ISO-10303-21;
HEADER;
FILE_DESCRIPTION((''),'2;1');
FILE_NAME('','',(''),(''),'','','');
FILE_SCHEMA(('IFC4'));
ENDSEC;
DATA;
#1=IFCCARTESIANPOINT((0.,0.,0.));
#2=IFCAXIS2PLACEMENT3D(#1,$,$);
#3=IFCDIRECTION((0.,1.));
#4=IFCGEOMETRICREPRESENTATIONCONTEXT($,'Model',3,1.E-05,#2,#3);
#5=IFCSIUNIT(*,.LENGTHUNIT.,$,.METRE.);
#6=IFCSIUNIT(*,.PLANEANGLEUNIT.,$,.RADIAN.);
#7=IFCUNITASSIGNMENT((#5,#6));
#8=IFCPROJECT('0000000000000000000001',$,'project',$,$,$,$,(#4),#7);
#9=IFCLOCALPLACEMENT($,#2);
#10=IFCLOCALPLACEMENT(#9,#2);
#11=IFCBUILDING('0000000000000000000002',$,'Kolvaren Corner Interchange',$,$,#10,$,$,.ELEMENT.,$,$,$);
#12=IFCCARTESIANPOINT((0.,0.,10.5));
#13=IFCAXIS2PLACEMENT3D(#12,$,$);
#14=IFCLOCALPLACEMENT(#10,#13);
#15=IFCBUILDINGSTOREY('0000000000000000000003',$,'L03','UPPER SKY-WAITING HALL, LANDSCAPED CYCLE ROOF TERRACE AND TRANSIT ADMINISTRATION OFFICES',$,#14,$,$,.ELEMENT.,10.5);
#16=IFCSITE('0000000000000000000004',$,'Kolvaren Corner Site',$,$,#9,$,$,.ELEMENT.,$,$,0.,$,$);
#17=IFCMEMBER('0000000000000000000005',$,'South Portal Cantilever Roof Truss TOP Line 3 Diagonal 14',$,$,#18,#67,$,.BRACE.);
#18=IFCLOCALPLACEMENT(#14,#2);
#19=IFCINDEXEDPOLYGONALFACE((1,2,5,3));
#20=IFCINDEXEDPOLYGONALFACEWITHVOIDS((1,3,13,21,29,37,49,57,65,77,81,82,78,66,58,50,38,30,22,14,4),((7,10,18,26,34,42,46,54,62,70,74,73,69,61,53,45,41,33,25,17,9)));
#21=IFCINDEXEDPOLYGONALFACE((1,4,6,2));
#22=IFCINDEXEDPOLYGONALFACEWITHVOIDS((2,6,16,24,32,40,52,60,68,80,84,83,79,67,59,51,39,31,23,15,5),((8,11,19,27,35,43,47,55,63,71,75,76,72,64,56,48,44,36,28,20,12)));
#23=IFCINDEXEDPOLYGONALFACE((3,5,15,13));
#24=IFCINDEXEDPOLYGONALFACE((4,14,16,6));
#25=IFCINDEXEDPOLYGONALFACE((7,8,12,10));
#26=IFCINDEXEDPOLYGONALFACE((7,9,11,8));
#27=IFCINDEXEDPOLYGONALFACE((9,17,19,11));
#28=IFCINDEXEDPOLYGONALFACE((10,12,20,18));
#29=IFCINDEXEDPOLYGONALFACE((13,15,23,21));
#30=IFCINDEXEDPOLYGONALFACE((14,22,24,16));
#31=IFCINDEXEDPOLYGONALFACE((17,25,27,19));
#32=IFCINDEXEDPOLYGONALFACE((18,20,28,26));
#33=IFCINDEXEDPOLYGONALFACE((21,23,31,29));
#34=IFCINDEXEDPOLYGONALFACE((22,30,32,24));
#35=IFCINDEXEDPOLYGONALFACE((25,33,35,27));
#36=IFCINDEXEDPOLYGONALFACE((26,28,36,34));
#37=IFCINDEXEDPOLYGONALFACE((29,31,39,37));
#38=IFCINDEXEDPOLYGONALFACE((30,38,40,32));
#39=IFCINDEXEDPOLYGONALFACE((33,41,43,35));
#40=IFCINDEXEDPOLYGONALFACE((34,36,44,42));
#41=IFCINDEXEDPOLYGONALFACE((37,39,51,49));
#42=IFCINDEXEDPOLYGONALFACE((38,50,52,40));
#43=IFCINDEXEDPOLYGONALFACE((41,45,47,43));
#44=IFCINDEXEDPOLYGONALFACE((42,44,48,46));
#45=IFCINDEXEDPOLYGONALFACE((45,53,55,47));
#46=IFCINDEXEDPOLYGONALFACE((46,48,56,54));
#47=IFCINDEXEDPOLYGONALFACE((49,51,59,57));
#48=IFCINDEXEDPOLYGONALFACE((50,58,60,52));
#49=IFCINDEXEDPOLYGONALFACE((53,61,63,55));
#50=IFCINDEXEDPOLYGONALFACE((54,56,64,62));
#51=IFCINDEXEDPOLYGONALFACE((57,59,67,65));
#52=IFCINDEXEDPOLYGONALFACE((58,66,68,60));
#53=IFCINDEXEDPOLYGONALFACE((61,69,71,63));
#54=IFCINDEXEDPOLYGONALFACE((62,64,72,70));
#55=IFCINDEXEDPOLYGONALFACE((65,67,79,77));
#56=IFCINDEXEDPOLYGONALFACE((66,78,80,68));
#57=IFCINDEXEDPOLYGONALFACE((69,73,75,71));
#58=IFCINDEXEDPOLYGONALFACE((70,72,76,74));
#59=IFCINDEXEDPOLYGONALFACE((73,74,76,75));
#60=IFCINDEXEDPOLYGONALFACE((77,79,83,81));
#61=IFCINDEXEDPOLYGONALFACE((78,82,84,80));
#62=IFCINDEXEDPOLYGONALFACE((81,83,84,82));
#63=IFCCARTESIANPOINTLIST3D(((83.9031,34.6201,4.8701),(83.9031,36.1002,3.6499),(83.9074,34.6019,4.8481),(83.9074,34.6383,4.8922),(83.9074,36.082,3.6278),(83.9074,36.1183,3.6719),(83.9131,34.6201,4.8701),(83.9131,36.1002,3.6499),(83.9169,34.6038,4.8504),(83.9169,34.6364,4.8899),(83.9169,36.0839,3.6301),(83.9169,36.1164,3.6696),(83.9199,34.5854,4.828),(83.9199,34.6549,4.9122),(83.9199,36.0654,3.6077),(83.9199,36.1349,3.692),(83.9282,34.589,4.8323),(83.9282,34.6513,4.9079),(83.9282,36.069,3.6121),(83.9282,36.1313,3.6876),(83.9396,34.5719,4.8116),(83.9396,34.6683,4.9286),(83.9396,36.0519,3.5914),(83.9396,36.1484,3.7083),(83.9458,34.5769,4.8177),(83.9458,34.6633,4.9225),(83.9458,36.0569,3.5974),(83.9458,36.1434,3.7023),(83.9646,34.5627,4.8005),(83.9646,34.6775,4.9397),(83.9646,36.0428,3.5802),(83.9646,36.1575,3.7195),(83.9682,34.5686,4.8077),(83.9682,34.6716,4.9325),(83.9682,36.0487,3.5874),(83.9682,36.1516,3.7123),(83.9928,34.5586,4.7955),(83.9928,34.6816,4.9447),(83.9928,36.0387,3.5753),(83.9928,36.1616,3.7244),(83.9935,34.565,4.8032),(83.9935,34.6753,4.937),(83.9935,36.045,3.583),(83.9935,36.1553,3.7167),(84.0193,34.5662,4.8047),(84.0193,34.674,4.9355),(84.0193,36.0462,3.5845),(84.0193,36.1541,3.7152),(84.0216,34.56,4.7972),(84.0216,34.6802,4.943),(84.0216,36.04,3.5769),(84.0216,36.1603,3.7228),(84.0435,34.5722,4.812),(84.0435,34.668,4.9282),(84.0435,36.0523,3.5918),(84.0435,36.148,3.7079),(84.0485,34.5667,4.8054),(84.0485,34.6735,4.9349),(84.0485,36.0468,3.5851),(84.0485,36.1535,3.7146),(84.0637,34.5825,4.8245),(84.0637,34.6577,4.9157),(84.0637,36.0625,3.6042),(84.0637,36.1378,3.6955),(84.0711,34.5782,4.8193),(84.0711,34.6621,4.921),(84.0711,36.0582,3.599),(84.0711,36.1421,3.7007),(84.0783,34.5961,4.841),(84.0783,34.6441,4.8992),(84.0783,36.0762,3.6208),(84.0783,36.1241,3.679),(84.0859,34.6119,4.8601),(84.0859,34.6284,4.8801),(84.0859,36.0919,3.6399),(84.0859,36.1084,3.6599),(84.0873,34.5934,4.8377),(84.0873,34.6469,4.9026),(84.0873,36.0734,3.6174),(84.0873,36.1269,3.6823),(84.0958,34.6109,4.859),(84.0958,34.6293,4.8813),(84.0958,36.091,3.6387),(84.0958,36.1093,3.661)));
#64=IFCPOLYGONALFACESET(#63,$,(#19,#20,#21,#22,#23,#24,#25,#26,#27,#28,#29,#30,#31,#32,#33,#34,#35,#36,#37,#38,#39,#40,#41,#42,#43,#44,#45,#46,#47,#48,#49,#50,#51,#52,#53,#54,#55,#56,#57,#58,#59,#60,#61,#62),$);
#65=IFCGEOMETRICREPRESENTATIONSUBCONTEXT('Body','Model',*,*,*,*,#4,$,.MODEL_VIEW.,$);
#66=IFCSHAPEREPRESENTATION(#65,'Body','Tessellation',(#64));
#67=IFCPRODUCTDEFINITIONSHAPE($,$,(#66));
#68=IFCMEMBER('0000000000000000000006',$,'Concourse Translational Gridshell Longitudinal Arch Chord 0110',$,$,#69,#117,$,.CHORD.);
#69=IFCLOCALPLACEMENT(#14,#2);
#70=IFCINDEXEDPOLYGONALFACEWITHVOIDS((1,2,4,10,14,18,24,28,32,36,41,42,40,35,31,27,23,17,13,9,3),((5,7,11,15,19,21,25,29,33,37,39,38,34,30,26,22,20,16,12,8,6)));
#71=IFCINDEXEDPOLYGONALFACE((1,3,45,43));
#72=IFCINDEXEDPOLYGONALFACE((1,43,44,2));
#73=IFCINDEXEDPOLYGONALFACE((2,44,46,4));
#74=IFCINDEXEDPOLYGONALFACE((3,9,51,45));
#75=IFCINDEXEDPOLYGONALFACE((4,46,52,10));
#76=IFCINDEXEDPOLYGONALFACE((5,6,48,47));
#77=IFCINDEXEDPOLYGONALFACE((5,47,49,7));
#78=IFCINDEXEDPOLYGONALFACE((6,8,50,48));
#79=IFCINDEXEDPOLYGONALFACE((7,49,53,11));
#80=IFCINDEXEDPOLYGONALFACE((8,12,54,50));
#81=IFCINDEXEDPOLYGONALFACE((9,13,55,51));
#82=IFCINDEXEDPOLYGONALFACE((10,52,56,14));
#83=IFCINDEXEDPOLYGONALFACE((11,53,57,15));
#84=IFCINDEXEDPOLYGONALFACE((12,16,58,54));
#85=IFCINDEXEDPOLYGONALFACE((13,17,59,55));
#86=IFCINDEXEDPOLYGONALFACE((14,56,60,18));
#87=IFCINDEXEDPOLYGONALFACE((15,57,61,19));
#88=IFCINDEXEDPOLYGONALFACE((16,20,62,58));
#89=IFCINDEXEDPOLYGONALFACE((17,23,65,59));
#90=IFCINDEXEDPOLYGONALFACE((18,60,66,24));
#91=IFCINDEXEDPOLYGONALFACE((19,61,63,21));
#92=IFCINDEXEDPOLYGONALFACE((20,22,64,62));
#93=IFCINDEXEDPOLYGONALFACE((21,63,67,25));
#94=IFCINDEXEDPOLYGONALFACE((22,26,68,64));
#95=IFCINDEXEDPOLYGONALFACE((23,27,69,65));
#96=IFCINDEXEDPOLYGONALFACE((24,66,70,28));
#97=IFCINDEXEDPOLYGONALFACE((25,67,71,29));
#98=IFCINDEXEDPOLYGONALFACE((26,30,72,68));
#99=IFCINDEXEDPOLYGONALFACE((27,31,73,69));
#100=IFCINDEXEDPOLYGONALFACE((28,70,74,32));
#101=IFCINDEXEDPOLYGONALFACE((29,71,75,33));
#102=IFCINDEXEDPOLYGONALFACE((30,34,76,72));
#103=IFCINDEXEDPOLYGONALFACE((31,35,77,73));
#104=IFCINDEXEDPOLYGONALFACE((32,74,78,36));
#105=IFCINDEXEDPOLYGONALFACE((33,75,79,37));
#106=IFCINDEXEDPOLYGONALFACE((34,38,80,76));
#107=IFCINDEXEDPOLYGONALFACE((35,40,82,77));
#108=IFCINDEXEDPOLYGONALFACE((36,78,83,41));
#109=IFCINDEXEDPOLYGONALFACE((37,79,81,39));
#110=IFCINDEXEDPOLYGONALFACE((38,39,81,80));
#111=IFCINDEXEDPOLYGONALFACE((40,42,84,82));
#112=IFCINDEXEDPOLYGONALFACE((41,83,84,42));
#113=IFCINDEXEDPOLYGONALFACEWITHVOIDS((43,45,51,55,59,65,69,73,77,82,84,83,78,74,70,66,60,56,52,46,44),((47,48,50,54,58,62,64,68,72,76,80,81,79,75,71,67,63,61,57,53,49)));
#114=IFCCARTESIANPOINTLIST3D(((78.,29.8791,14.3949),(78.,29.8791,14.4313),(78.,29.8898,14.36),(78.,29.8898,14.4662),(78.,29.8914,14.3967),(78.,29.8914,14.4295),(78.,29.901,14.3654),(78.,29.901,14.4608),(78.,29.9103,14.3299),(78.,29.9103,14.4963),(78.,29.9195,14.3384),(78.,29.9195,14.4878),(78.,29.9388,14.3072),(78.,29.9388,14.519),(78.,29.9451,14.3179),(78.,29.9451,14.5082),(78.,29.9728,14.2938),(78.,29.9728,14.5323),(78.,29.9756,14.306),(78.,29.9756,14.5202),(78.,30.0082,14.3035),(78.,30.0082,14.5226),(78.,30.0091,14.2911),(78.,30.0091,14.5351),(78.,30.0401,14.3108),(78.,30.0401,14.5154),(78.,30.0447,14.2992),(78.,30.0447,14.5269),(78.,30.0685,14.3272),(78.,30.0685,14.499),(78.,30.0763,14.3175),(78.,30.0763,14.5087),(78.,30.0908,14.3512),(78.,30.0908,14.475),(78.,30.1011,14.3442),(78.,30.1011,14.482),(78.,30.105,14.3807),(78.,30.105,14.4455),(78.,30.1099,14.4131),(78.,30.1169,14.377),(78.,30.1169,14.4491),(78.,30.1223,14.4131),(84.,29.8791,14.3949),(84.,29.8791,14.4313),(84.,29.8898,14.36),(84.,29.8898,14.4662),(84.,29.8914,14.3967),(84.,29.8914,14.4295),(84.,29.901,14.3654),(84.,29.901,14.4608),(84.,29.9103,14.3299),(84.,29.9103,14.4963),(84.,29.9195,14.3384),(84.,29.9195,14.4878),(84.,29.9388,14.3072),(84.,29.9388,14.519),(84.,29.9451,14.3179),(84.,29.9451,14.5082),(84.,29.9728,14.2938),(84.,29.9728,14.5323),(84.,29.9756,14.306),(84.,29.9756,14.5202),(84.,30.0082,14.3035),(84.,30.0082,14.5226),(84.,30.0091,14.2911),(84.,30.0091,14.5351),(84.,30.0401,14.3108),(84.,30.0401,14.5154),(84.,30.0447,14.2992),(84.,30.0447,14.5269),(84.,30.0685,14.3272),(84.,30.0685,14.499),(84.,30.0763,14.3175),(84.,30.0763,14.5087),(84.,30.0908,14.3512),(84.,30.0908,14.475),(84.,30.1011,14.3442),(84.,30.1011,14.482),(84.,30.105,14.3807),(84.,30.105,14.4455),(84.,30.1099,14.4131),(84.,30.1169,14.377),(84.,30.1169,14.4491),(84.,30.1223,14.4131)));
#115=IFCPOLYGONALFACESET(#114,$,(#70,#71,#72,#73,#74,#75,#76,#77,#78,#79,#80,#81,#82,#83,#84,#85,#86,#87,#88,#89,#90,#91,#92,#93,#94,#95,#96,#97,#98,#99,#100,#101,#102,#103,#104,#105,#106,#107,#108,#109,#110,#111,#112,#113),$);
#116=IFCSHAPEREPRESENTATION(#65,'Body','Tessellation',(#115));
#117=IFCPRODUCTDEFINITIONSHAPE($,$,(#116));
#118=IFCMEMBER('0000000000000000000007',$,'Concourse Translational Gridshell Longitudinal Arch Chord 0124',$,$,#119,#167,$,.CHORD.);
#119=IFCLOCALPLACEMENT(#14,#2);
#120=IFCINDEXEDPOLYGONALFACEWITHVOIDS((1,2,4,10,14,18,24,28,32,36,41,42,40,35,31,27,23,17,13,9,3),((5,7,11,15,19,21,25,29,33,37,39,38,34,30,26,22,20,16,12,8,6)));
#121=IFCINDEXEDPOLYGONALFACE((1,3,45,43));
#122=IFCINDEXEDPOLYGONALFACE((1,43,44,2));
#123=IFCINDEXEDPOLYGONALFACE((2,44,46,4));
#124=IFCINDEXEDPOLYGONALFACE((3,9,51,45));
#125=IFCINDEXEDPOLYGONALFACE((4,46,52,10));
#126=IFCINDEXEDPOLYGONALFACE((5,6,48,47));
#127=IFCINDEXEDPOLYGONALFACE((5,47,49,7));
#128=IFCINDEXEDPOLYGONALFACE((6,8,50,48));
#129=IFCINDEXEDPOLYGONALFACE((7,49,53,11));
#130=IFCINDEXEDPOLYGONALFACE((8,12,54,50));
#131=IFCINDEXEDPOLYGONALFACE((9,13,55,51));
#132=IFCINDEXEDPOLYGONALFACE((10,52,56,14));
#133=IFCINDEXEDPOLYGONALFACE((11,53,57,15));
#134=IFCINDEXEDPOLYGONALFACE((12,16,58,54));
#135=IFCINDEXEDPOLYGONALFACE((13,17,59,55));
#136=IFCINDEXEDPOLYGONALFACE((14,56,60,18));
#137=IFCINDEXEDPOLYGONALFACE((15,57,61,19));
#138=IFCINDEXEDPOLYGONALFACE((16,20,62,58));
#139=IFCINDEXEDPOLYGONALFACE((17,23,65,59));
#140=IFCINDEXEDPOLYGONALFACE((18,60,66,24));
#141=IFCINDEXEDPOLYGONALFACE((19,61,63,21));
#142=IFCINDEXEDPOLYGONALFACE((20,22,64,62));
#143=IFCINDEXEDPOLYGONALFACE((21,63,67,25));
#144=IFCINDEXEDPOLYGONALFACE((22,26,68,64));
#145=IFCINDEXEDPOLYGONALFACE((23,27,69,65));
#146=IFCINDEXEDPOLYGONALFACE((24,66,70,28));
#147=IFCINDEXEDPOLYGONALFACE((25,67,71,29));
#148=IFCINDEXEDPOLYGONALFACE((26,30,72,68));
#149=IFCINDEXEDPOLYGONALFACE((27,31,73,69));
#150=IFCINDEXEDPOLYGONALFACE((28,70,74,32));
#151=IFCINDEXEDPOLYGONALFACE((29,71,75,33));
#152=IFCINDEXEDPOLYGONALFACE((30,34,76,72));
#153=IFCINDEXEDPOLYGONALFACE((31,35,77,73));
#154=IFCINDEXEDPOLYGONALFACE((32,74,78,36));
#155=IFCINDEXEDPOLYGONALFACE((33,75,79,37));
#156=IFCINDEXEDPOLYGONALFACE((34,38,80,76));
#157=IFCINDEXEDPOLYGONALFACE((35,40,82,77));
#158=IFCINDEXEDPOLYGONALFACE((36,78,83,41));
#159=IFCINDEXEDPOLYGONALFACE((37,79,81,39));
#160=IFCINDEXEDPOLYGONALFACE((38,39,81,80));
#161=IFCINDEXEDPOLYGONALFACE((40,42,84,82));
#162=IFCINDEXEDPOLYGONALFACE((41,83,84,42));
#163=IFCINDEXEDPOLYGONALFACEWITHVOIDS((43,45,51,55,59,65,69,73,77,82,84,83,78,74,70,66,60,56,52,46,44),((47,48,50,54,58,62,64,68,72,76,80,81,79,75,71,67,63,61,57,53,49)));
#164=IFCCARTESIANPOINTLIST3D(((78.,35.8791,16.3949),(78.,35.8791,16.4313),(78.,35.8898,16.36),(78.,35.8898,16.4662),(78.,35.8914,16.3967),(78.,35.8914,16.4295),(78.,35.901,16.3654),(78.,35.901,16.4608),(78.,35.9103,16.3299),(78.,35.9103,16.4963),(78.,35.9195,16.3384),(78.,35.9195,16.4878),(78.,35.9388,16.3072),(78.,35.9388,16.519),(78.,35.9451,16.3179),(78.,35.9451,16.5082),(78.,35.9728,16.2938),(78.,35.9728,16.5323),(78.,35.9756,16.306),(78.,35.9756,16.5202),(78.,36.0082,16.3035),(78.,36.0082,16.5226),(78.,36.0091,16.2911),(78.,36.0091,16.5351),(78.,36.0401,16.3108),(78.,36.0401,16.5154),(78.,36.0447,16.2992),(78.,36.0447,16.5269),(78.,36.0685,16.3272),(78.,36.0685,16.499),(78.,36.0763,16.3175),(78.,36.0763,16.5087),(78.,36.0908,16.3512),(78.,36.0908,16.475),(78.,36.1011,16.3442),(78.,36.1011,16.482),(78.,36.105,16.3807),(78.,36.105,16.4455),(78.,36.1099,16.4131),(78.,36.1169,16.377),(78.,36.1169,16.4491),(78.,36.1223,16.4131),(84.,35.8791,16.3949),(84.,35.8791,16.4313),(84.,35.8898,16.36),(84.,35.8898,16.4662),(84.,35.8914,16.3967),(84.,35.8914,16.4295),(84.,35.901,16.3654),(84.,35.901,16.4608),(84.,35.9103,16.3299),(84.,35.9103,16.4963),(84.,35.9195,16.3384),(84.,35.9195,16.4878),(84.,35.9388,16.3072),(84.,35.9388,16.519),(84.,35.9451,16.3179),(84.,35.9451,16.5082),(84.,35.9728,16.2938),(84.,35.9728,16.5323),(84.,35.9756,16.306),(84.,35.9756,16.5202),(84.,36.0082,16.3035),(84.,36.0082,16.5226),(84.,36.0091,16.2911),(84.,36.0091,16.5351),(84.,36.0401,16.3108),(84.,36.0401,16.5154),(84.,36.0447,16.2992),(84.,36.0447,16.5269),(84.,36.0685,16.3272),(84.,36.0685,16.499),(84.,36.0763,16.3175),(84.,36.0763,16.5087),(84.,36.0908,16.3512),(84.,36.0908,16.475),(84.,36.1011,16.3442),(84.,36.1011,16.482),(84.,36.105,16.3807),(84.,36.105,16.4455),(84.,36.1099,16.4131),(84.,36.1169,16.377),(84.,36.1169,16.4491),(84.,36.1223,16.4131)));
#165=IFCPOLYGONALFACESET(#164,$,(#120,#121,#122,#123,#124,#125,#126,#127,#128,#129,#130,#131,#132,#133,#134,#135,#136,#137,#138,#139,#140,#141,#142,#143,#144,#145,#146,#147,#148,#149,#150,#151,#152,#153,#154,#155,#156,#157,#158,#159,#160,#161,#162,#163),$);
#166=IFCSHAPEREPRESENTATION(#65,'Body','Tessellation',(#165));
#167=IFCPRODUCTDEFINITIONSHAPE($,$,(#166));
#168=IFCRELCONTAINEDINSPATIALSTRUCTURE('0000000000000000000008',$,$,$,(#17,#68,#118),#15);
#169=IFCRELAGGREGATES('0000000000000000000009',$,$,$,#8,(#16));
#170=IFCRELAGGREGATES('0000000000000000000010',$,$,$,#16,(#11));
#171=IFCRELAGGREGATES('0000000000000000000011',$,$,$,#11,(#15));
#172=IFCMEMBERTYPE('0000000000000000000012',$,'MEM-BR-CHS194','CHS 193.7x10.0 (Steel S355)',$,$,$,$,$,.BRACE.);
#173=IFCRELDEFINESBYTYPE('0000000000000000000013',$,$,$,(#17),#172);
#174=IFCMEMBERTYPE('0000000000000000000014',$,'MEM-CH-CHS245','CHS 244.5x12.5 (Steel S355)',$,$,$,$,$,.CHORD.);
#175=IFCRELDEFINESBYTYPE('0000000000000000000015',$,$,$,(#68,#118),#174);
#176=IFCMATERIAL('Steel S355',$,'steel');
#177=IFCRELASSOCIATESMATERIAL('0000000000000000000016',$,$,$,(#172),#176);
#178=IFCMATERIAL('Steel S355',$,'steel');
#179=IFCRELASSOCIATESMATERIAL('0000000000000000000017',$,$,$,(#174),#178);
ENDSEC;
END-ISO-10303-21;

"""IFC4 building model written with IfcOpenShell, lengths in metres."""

from ifc_helpers import new_model, si_unit, direction, frame, origin, origin_2d, place, context, subcontext, project, spatial, hollow_circle, extrude, material, material_profile, profile_set, type_object, element, save


model = new_model("IFC4")

# Units and contexts
model_context = context("Model", 3, precision=1e-05, world=origin(), true_north=direction((0.0, 1.0)))
body_context = subcontext(model_context, "Body", "Model", "MODEL_VIEW")
ifc_project = project(units=[si_unit("LENGTHUNIT", "METRE"), si_unit("PLANEANGLEUNIT", "RADIAN")], contexts=[model_context])

# Site, building, storey
site_placement = place(None, origin())
site = spatial("IfcSite", under=ifc_project, at=site_placement, Name="Kolvaren Corner Site", CompositionType="ELEMENT", RefElevation=0.0)
building_placement = place(site_placement, origin())
building = spatial("IfcBuilding", under=site, at=building_placement, Name="Kolvaren Corner Interchange", CompositionType="ELEMENT")
storey_placement = place(building_placement, frame((0.0, 0.0, 10.5)))
storey = spatial("IfcBuildingStorey", under=building, at=storey_placement, Name="L03", Description="UPPER SKY-WAITING HALL, LANDSCAPED CYCLE ROOF TERRACE AND TRANSIT ADMINISTRATION OFFICES", CompositionType="ELEMENT", Elevation=10.5)

# Members
ifc_material_1 = material(Name="Steel S355", Category="steel")
ifc_material_profile_1 = material_profile(ifc_material_1, hollow_circle(Radius=0.0969, WallThickness=0.01, at=origin_2d()), Name="CHS 193.7x10.0")
ifc_profile_set_1 = profile_set([ifc_material_profile_1], Name="Steel S355")
member_type_1 = type_object("IfcMemberType", Name="MEM-BR-CHS194", Description="CHS 193.7x10.0 (Steel S355)", PredefinedType="BRACE", material=ifc_profile_set_1)
member_1_placement = place(storey_placement, frame((84.0, 34.6201, 4.8701), z_axis=(0.0, 0.77157, -0.636144), x_axis=(-1.0, 0.0, 0.0)))
element("IfcMember", 1, at=member_1_placement, inside=storey, type_object=member_type_1, Name="South Portal Cantilever Roof Truss TOP Line 3 Diagonal 14", PredefinedType="BRACE", context=body_context, shape_type="SweptSolid", body=[
    extrude(hollow_circle(Radius=0.0969, WallThickness=0.01, at=origin_2d()), origin(), (0.0, 0.0, 1.0), 1.9182),
])
ifc_material_2 = material(Name="Steel S355", Category="steel")
ifc_material_profile_2 = material_profile(ifc_material_2, hollow_circle(Radius=0.1223, WallThickness=0.0125, at=origin_2d()), Name="CHS 244.5x12.5")
ifc_profile_set_2 = profile_set([ifc_material_profile_2], Name="Steel S355")
member_type_2 = type_object("IfcMemberType", Name="MEM-CH-CHS245", Description="CHS 244.5x12.5 (Steel S355)", PredefinedType="CHORD", material=ifc_profile_set_2)
for number, where, z_axis, x_axis, name in (
    (2, (78.0, 30.0, 14.4131), (1.0, 0.0, 0.0), (0.0, 1.0, 0.0), "Concourse Translational Gridshell Longitudinal Arch Chord 0110"),
    (3, (78.0, 36.0, 16.4131), (1.0, 0.0, 0.0), (0.0, 1.0, 0.0), "Concourse Translational Gridshell Longitudinal Arch Chord 0124"),
):
    element("IfcMember", number, at=place(storey_placement, frame(where, z_axis=z_axis, x_axis=x_axis)), inside=storey, type_object=member_type_2, Name=name, PredefinedType="CHORD", context=body_context, shape_type="SweptSolid", body=[
        extrude(hollow_circle(Radius=0.1223, WallThickness=0.0125, at=origin_2d()), origin(), (0.0, 0.0, 1.0), 6.0),
    ])

save(model, "model.ifc")
